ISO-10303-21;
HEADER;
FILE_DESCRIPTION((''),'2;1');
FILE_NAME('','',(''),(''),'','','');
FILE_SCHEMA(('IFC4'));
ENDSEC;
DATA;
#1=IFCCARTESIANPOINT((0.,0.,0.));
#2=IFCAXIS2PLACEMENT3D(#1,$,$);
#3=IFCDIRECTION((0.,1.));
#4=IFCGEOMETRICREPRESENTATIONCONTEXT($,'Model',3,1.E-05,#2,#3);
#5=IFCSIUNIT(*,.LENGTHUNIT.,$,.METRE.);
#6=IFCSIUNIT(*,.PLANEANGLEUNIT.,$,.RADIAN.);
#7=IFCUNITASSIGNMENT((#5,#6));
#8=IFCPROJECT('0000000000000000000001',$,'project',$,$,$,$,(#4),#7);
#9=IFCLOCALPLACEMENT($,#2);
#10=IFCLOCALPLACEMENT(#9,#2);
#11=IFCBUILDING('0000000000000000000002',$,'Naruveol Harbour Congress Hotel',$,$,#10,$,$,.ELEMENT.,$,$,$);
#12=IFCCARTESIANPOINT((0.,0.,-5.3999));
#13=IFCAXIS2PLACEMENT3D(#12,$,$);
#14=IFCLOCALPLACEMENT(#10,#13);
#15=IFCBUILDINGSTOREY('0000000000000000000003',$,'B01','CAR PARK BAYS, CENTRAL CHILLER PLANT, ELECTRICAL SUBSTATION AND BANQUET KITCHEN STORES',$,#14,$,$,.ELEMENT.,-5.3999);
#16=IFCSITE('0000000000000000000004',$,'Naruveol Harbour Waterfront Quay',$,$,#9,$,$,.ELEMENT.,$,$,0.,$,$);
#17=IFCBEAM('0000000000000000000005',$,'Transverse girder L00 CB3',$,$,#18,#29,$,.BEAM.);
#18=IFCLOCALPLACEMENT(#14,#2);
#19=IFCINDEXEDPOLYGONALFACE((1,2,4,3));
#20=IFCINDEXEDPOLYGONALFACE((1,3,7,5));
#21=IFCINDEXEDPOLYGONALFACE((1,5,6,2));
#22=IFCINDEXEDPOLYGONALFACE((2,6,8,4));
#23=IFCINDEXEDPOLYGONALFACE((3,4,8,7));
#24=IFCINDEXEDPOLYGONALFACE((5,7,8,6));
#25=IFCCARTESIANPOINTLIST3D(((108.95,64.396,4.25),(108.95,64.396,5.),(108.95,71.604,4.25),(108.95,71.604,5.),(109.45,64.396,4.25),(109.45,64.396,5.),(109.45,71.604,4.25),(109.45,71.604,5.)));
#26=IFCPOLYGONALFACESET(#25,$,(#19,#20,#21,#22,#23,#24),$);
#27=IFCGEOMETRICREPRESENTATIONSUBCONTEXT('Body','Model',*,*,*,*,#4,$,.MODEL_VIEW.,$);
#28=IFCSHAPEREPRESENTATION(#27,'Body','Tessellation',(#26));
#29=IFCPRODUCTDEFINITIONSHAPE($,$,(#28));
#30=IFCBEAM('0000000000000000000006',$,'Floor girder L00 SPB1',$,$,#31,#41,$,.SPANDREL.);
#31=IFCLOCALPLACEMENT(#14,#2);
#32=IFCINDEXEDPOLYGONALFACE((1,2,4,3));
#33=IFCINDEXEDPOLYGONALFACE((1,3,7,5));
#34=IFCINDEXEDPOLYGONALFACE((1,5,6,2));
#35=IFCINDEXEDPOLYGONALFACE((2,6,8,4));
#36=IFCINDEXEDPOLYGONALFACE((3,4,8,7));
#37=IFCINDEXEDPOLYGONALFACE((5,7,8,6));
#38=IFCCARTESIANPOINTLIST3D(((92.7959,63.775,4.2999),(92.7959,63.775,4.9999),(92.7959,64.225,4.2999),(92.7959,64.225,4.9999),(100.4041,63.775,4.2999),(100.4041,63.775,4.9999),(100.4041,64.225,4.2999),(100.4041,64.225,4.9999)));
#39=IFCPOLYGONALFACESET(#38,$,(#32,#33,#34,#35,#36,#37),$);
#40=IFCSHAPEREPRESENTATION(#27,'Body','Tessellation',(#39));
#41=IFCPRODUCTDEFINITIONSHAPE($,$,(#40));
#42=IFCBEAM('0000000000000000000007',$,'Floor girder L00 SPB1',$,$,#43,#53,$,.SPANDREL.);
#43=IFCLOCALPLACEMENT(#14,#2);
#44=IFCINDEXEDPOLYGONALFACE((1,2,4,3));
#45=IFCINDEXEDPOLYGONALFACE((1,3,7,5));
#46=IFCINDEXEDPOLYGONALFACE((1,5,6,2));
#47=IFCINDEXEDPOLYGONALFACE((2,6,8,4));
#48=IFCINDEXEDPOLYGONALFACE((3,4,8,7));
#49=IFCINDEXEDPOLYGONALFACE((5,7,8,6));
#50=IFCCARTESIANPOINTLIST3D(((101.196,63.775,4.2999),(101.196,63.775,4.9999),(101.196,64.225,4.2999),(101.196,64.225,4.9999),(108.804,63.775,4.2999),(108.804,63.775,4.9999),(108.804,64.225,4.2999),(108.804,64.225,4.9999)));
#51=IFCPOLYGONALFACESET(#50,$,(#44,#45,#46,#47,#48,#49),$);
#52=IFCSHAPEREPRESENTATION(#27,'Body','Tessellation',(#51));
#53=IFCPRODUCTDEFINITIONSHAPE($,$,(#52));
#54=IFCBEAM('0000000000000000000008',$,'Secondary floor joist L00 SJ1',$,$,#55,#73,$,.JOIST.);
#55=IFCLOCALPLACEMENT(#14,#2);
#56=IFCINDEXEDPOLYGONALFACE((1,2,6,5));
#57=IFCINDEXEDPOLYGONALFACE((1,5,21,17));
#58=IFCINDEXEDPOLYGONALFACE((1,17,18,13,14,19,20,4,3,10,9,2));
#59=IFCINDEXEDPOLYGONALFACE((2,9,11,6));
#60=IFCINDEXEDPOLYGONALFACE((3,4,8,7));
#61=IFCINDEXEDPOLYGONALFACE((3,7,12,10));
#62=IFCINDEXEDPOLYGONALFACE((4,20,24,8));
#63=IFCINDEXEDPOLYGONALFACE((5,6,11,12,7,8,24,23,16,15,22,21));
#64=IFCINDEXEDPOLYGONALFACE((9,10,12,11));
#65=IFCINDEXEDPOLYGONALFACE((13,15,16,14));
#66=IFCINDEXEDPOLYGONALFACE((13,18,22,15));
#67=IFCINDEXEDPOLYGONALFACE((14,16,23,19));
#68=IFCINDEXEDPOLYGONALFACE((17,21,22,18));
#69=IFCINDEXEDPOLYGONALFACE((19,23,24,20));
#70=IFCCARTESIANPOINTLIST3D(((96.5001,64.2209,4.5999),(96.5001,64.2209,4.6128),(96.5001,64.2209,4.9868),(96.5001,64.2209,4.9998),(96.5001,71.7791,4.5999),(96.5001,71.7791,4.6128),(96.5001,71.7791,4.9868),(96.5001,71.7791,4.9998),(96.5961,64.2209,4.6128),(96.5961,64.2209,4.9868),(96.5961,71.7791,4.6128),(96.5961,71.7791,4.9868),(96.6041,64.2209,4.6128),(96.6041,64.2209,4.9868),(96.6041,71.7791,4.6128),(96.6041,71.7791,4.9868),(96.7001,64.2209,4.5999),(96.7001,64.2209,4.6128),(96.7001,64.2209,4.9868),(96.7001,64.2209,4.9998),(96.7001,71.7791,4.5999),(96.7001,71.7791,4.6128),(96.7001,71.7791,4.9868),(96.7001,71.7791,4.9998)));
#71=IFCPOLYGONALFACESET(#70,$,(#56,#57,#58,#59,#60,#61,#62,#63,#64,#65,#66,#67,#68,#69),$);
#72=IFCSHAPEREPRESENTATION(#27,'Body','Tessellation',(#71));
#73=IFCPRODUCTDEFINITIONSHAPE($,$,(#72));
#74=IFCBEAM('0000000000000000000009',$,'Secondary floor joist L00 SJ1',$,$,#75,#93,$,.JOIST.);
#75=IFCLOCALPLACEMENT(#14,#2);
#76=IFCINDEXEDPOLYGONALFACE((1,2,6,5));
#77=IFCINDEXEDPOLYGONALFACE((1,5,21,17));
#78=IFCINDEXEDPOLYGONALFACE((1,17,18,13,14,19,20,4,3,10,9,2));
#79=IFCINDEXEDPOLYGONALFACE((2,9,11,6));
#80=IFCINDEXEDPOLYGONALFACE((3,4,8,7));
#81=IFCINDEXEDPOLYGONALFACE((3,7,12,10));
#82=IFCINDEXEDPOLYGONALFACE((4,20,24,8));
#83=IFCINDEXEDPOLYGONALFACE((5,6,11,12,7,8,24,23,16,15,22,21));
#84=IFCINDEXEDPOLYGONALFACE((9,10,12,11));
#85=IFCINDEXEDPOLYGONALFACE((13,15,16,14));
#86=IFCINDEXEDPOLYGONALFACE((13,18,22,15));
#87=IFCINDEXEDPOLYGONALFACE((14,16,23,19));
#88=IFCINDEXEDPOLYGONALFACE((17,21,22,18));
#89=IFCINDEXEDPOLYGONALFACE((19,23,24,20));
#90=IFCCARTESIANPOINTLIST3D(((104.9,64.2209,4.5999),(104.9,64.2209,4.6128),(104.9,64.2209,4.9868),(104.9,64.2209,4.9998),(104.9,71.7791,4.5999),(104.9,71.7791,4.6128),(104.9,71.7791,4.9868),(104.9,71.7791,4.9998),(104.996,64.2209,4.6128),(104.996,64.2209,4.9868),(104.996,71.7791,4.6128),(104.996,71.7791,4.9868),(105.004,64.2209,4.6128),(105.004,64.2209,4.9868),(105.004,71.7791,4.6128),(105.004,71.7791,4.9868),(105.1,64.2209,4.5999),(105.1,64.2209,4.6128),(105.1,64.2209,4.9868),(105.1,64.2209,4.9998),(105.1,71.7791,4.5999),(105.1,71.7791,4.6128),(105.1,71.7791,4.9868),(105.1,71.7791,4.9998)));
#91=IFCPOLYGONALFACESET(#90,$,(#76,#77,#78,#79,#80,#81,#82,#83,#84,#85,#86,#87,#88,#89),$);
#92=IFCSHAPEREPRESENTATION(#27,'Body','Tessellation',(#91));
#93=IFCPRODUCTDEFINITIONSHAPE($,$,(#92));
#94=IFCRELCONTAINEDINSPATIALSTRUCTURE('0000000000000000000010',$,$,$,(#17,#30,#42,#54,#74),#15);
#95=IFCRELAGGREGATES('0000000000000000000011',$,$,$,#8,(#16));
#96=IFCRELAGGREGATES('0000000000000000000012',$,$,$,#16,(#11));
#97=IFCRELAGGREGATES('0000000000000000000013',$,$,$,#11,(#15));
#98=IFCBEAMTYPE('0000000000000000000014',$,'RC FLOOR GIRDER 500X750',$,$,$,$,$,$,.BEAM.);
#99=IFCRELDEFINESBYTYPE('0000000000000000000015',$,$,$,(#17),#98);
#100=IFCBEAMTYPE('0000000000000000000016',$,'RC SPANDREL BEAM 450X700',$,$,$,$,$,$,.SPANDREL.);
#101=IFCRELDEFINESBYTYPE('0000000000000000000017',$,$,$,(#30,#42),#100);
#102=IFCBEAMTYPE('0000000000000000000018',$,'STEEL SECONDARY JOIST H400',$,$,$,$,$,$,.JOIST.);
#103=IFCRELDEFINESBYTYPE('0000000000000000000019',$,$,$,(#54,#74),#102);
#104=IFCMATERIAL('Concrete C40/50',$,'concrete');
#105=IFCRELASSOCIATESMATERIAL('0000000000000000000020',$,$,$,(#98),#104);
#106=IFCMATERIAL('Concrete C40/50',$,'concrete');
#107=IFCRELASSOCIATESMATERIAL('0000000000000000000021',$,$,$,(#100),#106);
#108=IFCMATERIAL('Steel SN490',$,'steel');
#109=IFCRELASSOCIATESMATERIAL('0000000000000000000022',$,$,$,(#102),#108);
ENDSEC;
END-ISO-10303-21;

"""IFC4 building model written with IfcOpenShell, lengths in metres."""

from ifc_helpers import new_model, si_unit, direction, frame, origin, origin_2d, place, context, subcontext, project, spatial, rectangle, i_section, extrude, material, material_profile, profile_set, type_object, element, save


model = new_model("IFC4")

# Units and contexts
model_context = context("Model", 3, precision=1e-05, world=origin(), true_north=direction((0.0, 1.0)))
body_context = subcontext(model_context, "Body", "Model", "MODEL_VIEW")
ifc_project = project(units=[si_unit("LENGTHUNIT", "METRE"), si_unit("PLANEANGLEUNIT", "RADIAN")], contexts=[model_context])

# Site, building, storey
site_placement = place(None, origin())
site = spatial("IfcSite", under=ifc_project, at=site_placement, Name="Naruveol Harbour Waterfront Quay", CompositionType="ELEMENT", RefElevation=0.0)
building_placement = place(site_placement, origin())
building = spatial("IfcBuilding", under=site, at=building_placement, Name="Naruveol Harbour Congress Hotel", CompositionType="ELEMENT")
storey_placement = place(building_placement, frame((0.0, 0.0, -5.3999)))
storey = spatial("IfcBuildingStorey", under=building, at=storey_placement, Name="B01", Description="CAR PARK BAYS, CENTRAL CHILLER PLANT, ELECTRICAL SUBSTATION AND BANQUET KITCHEN STORES", CompositionType="ELEMENT", Elevation=-5.3999)

# Beams
ifc_material_1 = material(Name="Concrete C40/50", Category="concrete")
ifc_material_profile_1 = material_profile(ifc_material_1, rectangle(XDim=0.5, YDim=0.75, at=origin_2d()), Name="RCB-500x750")
ifc_profile_set_1 = profile_set([ifc_material_profile_1], Name="Concrete C40/50")
beam_type_1 = type_object("IfcBeamType", Name="RC FLOOR GIRDER 500X750", PredefinedType="BEAM", material=ifc_profile_set_1)
beam_1_placement = place(storey_placement, frame((109.2, 64.396, 4.625), z_axis=(0.0, 1.0, 0.0), x_axis=(-1.0, 0.0, 0.0)))
element("IfcBeam", 1, at=beam_1_placement, inside=storey, type_object=beam_type_1, Name="Transverse girder L00 CB3", PredefinedType="BEAM", context=body_context, shape_type="SweptSolid", body=[
    extrude(rectangle(XDim=0.5, YDim=0.75, at=origin_2d()), origin(), (0.0, 0.0, 1.0), 7.208),
])
ifc_material_2 = material(Name="Concrete C40/50", Category="concrete")
ifc_material_profile_2 = material_profile(ifc_material_2, rectangle(XDim=0.45, YDim=0.7, at=origin_2d()), Name="RCB-450x700")
ifc_profile_set_2 = profile_set([ifc_material_profile_2], Name="Concrete C40/50")
beam_type_2 = type_object("IfcBeamType", Name="RC SPANDREL BEAM 450X700", PredefinedType="SPANDREL", material=ifc_profile_set_2)
beam_2_placement = place(storey_placement, frame((92.7959, 64.0, 4.6499), z_axis=(1.0, 0.0, 0.0), x_axis=(0.0, 1.0, 0.0)))
element("IfcBeam", 2, at=beam_2_placement, inside=storey, type_object=beam_type_2, Name="Floor girder L00 SPB1", PredefinedType="SPANDREL", context=body_context, shape_type="SweptSolid", body=[
    extrude(rectangle(XDim=0.45, YDim=0.7, at=origin_2d()), origin(), (0.0, 0.0, 1.0), 7.6082),
])
beam_3_placement = place(storey_placement, frame((101.196, 64.0, 4.6499), z_axis=(1.0, 0.0, 0.0), x_axis=(0.0, 1.0, 0.0)))
element("IfcBeam", 3, at=beam_3_placement, inside=storey, type_object=beam_type_2, Name="Floor girder L00 SPB1", PredefinedType="SPANDREL", context=body_context, shape_type="SweptSolid", body=[
    extrude(rectangle(XDim=0.45, YDim=0.7, at=origin_2d()), origin(), (0.0, 0.0, 1.0), 7.6079),
])
ifc_material_3 = material(Name="Steel SN490", Category="steel")
ifc_material_profile_3 = material_profile(ifc_material_3, i_section(OverallWidth=0.2, OverallDepth=0.3999, WebThickness=0.0081, FlangeThickness=0.0129, at=origin_2d()), Name="H-400x200x8x13")
ifc_profile_set_3 = profile_set([ifc_material_profile_3], Name="Steel SN490")
beam_type_3 = type_object("IfcBeamType", Name="STEEL SECONDARY JOIST H400", PredefinedType="JOIST", material=ifc_profile_set_3)
for number, where, z_axis, x_axis, name in (
    (4, (96.6001, 64.2209, 4.7998), (0.0, 1.0, 0.0), (-1.0, 0.0, 0.0), "Secondary floor joist L00 SJ1"),
    (5, (105.0, 64.2209, 4.7998), (0.0, 1.0, 0.0), (-1.0, 0.0, 0.0), "Secondary floor joist L00 SJ1"),
):
    element("IfcBeam", number, at=place(storey_placement, frame(where, z_axis=z_axis, x_axis=x_axis)), inside=storey, type_object=beam_type_3, Name=name, PredefinedType="JOIST", context=body_context, shape_type="SweptSolid", body=[
        extrude(i_section(OverallWidth=0.2, OverallDepth=0.3999, WebThickness=0.0081, FlangeThickness=0.0129, at=origin_2d()), origin(), (0.0, 0.0, 1.0), 7.5581),
    ])

save(model, "model.ifc")
